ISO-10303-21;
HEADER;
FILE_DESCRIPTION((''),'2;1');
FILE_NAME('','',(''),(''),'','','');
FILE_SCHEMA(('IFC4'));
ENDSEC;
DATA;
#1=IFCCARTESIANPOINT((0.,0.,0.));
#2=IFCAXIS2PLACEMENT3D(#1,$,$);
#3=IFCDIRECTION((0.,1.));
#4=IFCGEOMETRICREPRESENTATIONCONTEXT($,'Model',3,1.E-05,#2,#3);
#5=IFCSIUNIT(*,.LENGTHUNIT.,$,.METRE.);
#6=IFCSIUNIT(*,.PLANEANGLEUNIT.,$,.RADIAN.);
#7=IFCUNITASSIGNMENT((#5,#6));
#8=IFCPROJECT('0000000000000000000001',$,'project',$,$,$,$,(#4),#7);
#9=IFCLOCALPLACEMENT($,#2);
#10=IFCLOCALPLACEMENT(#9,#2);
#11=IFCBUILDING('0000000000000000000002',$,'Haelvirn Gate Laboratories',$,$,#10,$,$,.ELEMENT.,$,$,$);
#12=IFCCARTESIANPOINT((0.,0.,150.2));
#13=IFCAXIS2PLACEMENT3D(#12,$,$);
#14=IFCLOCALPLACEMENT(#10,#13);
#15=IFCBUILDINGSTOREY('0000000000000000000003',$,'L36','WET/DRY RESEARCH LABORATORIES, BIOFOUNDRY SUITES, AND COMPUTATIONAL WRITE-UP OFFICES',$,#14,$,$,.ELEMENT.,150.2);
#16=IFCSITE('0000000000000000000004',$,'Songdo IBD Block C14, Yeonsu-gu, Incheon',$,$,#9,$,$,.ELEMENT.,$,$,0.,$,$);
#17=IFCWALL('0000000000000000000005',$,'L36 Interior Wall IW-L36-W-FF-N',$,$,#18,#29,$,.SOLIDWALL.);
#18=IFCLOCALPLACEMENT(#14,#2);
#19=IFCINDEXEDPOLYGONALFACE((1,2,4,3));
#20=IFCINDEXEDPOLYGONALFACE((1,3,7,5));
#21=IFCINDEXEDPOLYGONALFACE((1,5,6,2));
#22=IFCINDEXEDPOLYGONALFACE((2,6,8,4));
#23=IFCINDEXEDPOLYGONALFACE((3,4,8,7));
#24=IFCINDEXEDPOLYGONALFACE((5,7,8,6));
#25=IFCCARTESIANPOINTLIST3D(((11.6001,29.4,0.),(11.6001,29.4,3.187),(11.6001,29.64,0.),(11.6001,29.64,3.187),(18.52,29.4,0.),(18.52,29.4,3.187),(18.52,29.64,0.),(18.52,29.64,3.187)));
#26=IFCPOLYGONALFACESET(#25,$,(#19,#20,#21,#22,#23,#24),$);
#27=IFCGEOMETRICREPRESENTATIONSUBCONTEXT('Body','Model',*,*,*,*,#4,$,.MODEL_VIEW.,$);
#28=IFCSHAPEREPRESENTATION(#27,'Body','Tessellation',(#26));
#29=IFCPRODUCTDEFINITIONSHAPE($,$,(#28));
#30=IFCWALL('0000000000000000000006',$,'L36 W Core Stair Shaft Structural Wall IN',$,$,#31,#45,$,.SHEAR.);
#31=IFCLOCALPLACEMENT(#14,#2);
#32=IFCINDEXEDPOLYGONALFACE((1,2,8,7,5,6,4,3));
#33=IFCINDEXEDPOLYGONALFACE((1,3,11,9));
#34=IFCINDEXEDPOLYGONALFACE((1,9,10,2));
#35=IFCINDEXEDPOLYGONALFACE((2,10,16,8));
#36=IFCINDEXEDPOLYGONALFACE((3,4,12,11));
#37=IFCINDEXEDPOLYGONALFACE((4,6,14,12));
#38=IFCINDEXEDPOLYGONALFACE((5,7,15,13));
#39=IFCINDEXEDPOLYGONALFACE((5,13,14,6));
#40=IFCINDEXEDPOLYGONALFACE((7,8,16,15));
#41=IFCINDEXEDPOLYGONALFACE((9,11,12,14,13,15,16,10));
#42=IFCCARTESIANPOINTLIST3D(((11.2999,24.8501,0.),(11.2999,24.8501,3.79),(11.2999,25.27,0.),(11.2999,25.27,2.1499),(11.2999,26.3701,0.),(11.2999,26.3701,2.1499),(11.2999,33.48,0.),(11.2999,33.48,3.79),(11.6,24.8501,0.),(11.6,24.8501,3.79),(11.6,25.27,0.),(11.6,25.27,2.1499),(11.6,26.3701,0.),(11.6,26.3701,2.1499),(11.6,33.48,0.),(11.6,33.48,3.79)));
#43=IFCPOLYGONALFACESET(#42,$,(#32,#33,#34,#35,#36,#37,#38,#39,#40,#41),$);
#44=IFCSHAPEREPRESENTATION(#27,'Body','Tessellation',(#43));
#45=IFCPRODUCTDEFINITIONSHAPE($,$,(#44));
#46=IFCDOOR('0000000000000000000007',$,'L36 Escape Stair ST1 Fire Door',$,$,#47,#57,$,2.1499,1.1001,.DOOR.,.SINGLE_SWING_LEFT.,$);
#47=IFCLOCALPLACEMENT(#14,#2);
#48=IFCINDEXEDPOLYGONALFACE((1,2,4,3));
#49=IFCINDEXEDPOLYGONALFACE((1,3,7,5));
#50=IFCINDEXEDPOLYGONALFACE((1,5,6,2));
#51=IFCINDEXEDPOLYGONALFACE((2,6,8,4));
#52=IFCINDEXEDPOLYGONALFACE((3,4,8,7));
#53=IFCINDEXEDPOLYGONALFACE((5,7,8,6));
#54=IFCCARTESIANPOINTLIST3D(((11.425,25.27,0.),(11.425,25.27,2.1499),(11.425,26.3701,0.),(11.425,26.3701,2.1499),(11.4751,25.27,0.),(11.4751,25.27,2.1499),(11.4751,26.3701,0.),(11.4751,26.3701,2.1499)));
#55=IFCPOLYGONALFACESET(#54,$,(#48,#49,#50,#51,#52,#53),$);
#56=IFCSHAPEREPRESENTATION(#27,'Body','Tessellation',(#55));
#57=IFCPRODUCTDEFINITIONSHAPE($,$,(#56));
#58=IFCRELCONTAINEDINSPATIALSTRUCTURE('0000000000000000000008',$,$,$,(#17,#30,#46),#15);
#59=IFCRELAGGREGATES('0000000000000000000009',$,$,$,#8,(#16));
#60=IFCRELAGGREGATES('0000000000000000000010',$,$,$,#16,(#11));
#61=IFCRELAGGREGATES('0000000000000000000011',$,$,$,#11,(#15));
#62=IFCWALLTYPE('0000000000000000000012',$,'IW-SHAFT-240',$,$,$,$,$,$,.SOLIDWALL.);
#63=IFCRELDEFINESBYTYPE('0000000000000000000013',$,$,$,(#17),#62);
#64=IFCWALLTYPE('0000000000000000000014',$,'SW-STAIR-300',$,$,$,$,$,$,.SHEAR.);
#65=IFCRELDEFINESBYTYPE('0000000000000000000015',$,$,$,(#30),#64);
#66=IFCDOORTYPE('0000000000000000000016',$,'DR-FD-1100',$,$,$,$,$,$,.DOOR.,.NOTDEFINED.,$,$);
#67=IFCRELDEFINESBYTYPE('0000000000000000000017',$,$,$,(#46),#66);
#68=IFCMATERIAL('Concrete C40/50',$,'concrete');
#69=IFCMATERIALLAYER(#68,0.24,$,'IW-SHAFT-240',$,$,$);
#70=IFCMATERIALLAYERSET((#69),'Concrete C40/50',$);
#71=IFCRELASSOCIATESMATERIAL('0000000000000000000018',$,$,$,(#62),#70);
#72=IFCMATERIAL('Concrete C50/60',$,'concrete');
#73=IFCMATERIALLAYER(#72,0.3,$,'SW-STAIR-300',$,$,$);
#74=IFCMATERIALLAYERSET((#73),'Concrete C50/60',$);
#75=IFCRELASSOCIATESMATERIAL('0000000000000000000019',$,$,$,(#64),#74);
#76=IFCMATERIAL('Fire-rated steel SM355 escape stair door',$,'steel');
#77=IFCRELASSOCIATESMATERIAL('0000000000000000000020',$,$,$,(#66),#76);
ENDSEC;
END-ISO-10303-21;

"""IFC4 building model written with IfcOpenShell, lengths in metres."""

from ifc_helpers import new_model, si_unit, direction, frame, frame_2d, origin, place, context, subcontext, project, spatial, rectangle, extrude, source, transform, mapped, material, layer, layer_set, type_object, type_shapes, element, fill, save


model = new_model("IFC4")

# Units and contexts
model_context = context("Model", 3, precision=1e-05, world=origin(), true_north=direction((0.0, 1.0)))
body_context = subcontext(model_context, "Body", "Model", "MODEL_VIEW")
ifc_project = project(units=[si_unit("LENGTHUNIT", "METRE"), si_unit("PLANEANGLEUNIT", "RADIAN")], contexts=[model_context])

# Site, building, storey
site_placement = place(None, origin())
site = spatial("IfcSite", under=ifc_project, at=site_placement, Name="Songdo IBD Block C14, Yeonsu-gu, Incheon", CompositionType="ELEMENT", RefElevation=0.0)
building_placement = place(site_placement, origin())
building = spatial("IfcBuilding", under=site, at=building_placement, Name="Haelvirn Gate Laboratories", CompositionType="ELEMENT")
storey_placement = place(building_placement, frame((0.0, 0.0, 150.2)))
storey = spatial("IfcBuildingStorey", under=building, at=storey_placement, Name="L36", Description="WET/DRY RESEARCH LABORATORIES, BIOFOUNDRY SUITES, AND COMPUTATIONAL WRITE-UP OFFICES", CompositionType="ELEMENT", Elevation=150.2)

# Shared definitions
ifc_material_1 = material(Name="Concrete C40/50", Category="concrete")

# Shared definitions
ifc_layer_1 = layer(ifc_material_1, 0.24, Name="IW-SHAFT-240")
ifc_layer_set_1 = layer_set([ifc_layer_1], Name="Concrete C40/50")
wall_type_1 = type_object("IfcWallType", Name="IW-SHAFT-240", PredefinedType="SOLIDWALL", material=ifc_layer_set_1)

# Wall
wall_1_placement = place(storey_placement, frame((11.6001, 29.52, 0.0), z_axis=(0.0, 0.0, 1.0), x_axis=(1.0, 0.0, 0.0)))
element("IfcWall", 1, at=wall_1_placement, inside=storey, type_object=wall_type_1, Name="L36 Interior Wall IW-L36-W-FF-N", PredefinedType="SOLIDWALL", context=body_context, shape_type="SweptSolid", body=[
    extrude(rectangle(XDim=6.9199, YDim=0.24, at=frame_2d((3.46, 0.0))), origin(), (0.0, 0.0, 1.0), 3.187),
])

# Wall, opening, door
ifc_material_2 = material(Name="Concrete C50/60", Category="concrete")
ifc_layer_2 = layer(ifc_material_2, 0.3, Name="SW-STAIR-300")
ifc_layer_set_2 = layer_set([ifc_layer_2], Name="Concrete C50/60")
wall_type_2 = type_object("IfcWallType", Name="SW-STAIR-300", PredefinedType="SHEAR", material=ifc_layer_set_2)
wall_2_placement = place(storey_placement, frame((11.45, 24.8501, 0.0), z_axis=(0.0, 0.0, 1.0), x_axis=(0.0, 1.0, 0.0)))
wall_2 = element("IfcWall", 2, at=wall_2_placement, inside=storey, type_object=wall_type_2, Name="L36 W Core Stair Shaft Structural Wall IN", PredefinedType="SHEAR", context=body_context, shape_type="SweptSolid", body=[
    extrude(rectangle(XDim=8.6299, YDim=0.3, at=frame_2d((4.3149, 0.0))), origin(), (0.0, 0.0, 1.0), 3.79),
])
opening_1_placement = place(wall_2_placement, frame((0.4199, 0.0, 0.0)))
opening_1 = element("IfcOpeningElement", 3, at=opening_1_placement, cuts=wall_2, PredefinedType="OPENING", context=body_context, shape_type="SweptSolid", body=[
    extrude(rectangle(XDim=1.1001, YDim=2.1499, at=frame_2d((0.55, 1.075))), frame((0.0, 0.1602, 0.0), z_axis=(0.0, -1.0, 0.0), x_axis=(1.0, 0.0, 0.0)), (0.0, 0.0, 1.0), 0.3201),
])
ifc_material_3 = material(Name="Fire-rated steel SM355 escape stair door", Category="steel")
door_type_1 = type_object("IfcDoorType", Name="DR-FD-1100", OperationType="NOTDEFINED", PredefinedType="DOOR", material=ifc_material_3)
shared_shape_1 = source(origin(), body_context, "Body", "SweptSolid", [
    extrude(rectangle(XDim=1.1001, YDim=2.1499, at=frame_2d((0.55, 1.075))), frame((0.0, 0.0249, 0.0), z_axis=(0.0, -1.0, 0.0), x_axis=(1.0, 0.0, 0.0)), (0.0, 0.0, 1.0), 0.05),
])
type_shapes(door_type_1, [shared_shape_1])
door_1_placement = place(opening_1_placement, origin())
door_1 = element("IfcDoor", 4, at=door_1_placement, inside=storey, type_object=door_type_1, Name="L36 Escape Stair ST1 Fire Door", OperationType="SINGLE_SWING_LEFT", OverallHeight=2.1499, OverallWidth=1.1001, PredefinedType="DOOR", context=body_context, shape_type="MappedRepresentation", body=[
    mapped(shared_shape_1, transform((0.0, 0.0, 0.0), scale=1.0)),
])
fill(opening_1, door_1)

save(model, "model.ifc")
